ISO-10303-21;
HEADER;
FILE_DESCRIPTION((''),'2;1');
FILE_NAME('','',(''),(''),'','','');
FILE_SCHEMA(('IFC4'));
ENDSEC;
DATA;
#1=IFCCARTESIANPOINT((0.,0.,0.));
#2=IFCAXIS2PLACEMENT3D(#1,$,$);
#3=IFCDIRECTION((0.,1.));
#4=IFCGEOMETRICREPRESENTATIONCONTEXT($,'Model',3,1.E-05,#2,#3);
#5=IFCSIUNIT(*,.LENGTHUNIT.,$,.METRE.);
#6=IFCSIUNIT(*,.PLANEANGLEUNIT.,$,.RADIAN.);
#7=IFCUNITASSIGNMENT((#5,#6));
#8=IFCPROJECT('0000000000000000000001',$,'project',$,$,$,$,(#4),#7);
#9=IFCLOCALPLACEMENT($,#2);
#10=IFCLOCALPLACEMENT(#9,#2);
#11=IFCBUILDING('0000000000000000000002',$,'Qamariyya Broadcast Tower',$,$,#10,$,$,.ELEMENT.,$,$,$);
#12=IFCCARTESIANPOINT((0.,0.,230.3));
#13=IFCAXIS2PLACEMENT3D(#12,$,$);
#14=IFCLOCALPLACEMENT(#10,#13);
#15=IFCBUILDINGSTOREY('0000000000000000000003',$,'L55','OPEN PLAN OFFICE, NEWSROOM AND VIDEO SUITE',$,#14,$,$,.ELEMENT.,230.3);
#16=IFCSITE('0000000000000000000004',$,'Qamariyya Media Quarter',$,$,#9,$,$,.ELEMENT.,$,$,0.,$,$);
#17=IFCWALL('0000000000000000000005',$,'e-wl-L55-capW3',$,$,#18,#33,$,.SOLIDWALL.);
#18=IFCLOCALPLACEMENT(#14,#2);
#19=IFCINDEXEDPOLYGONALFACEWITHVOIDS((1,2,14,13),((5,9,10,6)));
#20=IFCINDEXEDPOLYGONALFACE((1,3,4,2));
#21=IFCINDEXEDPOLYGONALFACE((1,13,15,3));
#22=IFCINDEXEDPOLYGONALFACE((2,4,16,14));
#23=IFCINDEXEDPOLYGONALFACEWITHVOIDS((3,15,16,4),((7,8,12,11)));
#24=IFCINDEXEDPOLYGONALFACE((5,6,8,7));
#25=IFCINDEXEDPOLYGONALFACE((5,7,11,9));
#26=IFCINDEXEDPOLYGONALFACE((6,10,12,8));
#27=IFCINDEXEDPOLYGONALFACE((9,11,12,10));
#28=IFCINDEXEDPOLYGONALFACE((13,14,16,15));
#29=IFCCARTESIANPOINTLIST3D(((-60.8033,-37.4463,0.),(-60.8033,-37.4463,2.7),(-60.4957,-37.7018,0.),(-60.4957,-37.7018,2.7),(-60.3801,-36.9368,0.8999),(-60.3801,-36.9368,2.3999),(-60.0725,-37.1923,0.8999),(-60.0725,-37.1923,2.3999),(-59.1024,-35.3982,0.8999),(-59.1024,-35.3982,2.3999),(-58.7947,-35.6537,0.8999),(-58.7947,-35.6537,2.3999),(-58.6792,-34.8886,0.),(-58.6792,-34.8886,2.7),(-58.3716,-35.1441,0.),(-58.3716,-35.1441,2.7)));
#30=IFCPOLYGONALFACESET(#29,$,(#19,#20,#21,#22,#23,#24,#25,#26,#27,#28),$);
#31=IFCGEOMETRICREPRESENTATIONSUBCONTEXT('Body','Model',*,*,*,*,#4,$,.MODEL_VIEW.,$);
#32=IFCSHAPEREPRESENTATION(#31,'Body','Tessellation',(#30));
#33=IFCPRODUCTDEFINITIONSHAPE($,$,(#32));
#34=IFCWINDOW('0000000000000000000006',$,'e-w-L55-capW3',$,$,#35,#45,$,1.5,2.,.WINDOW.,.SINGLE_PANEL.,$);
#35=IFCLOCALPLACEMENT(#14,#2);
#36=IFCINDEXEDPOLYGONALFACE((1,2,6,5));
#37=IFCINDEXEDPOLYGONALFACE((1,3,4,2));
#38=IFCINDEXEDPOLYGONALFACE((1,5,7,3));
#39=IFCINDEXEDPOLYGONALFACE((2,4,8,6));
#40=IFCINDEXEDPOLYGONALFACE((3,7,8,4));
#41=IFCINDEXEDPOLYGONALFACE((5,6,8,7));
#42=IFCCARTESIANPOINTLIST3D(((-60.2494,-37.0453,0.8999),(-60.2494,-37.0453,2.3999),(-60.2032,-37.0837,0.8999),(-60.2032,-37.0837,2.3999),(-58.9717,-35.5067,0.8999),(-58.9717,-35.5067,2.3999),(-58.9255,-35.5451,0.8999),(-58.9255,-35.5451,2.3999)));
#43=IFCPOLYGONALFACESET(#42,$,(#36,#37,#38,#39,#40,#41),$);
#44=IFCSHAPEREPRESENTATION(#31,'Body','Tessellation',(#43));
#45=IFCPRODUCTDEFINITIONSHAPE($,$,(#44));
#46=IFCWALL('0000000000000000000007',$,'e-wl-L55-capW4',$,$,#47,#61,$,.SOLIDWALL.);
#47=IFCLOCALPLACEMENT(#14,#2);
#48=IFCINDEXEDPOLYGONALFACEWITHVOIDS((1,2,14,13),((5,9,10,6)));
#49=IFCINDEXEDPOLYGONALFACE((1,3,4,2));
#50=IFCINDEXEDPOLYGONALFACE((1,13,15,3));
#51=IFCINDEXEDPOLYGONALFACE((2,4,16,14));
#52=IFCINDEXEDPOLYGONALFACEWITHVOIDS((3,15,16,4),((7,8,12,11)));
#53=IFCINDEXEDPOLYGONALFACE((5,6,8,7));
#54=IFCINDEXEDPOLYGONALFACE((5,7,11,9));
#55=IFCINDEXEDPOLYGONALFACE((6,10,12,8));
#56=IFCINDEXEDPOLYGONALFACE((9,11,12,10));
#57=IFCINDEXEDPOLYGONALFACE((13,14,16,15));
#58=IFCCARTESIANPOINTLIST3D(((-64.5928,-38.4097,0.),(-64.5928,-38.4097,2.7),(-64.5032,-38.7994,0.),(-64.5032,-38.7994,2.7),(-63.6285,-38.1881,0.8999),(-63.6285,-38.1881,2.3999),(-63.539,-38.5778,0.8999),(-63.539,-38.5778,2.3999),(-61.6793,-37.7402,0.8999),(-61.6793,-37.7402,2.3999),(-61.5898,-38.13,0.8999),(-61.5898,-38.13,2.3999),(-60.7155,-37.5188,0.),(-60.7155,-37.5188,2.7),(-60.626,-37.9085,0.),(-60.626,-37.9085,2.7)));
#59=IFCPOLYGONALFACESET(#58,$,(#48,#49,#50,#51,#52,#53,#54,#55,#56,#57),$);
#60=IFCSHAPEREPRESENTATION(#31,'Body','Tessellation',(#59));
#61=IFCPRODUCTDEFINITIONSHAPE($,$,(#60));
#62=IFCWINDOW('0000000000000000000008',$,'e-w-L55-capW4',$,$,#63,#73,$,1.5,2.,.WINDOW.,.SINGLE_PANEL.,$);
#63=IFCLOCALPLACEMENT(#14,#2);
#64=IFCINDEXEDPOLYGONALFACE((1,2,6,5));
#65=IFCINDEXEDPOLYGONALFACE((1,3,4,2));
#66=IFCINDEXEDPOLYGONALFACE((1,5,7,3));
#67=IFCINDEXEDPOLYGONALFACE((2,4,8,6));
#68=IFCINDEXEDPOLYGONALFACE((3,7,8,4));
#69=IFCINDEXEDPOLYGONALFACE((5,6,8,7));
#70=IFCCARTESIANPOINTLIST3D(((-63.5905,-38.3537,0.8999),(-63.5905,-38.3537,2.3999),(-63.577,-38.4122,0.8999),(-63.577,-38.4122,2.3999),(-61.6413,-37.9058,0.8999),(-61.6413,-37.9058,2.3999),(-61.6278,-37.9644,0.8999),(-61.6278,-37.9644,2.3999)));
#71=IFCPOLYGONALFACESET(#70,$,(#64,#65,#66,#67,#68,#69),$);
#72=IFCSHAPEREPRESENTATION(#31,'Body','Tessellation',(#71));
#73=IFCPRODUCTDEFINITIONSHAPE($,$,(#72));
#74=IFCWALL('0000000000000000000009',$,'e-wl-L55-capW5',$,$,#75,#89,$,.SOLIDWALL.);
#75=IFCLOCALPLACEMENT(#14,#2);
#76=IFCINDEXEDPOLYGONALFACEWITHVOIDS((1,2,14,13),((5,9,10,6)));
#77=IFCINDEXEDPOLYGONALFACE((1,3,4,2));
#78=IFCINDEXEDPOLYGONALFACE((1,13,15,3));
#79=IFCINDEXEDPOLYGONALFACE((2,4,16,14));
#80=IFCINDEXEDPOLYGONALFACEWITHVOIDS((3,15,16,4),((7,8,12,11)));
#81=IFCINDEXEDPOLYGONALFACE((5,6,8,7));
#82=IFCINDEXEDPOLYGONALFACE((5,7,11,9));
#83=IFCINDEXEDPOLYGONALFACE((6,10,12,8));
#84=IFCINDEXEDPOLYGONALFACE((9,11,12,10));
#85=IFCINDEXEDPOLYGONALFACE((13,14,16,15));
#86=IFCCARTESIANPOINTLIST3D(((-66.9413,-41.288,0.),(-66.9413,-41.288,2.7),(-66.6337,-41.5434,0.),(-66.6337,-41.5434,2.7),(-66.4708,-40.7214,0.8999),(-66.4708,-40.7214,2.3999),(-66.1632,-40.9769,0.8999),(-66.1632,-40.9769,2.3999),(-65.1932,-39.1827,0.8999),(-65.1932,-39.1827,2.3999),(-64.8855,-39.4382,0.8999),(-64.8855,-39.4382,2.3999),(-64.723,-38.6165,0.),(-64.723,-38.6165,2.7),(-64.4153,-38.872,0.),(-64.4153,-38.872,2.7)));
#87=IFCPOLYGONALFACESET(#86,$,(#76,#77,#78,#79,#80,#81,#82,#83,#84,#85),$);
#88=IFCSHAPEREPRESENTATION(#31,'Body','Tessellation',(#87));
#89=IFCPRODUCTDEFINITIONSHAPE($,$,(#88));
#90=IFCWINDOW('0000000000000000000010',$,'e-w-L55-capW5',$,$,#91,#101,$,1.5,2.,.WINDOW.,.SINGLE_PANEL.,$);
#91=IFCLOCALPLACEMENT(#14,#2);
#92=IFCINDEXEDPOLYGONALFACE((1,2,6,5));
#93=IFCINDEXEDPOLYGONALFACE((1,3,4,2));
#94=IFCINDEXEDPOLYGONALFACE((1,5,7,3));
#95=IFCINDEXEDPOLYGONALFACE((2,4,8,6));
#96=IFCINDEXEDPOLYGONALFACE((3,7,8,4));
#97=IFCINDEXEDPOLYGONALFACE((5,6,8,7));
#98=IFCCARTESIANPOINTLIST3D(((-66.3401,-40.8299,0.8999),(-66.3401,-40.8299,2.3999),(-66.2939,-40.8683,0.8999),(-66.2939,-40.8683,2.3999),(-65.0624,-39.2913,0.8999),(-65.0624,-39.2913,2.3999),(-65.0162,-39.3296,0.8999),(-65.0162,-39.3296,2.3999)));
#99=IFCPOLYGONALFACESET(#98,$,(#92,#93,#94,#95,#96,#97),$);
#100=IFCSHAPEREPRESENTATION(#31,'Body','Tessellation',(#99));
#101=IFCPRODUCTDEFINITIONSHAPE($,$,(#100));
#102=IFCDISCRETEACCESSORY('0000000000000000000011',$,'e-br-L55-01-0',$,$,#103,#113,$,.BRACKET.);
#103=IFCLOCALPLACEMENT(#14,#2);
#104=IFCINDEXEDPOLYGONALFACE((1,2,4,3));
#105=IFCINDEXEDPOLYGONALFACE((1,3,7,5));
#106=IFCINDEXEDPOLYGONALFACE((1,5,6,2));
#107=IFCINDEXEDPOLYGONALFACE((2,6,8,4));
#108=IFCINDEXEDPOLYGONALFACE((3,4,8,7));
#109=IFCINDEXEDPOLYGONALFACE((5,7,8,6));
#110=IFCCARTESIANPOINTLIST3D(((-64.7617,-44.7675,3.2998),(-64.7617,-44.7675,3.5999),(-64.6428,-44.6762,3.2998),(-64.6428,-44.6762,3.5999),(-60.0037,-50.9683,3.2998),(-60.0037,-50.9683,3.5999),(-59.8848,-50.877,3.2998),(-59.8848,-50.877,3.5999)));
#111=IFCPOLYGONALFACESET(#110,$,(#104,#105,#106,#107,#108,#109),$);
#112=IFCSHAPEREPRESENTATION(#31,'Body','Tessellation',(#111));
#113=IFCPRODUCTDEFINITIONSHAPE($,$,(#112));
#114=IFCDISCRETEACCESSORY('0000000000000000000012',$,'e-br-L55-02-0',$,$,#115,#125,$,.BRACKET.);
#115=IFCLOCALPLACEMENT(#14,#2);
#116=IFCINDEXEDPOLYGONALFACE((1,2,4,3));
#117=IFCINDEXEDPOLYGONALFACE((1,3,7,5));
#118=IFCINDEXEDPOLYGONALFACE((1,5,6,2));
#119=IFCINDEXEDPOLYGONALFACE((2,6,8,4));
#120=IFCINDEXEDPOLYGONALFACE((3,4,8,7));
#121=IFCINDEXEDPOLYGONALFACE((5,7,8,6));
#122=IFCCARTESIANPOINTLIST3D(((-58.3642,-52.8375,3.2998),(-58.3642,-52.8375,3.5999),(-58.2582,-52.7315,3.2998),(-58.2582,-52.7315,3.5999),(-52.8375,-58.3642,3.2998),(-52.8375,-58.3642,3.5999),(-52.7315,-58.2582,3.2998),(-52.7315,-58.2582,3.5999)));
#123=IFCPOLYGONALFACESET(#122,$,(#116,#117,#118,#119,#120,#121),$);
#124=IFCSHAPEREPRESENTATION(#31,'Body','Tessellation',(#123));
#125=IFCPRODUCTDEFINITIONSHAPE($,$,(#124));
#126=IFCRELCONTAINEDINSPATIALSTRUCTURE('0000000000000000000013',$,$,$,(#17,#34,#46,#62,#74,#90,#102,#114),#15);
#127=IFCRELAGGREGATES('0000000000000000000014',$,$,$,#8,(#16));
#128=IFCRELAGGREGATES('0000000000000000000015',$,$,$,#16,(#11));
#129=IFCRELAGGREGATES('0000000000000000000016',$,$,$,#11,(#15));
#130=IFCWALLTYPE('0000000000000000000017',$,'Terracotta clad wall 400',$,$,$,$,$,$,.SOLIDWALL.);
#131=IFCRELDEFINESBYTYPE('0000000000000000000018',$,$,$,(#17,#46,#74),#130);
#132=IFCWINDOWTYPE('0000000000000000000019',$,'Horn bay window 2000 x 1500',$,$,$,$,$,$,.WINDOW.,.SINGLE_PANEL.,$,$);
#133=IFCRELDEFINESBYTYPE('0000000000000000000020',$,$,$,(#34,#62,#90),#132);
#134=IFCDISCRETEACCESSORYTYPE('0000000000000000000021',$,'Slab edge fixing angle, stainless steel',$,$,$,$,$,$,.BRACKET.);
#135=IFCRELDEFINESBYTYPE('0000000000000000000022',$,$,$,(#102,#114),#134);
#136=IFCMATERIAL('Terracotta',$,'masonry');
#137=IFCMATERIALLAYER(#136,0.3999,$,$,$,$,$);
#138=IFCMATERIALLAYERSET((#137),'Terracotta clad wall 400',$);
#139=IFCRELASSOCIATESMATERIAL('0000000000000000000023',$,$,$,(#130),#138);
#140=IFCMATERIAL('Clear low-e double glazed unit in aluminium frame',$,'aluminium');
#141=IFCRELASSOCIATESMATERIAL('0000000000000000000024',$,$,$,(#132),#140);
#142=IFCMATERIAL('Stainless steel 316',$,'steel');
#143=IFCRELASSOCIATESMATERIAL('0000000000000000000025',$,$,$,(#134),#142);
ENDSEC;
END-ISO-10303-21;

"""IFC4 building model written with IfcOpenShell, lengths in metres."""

from ifc_helpers import new_model, si_unit, direction, frame, frame_2d, origin, origin_2d, place, context, subcontext, project, spatial, rectangle, extrude, material, layer, layer_set, type_object, element, fill, save


model = new_model("IFC4")

# Units and contexts
model_context = context("Model", 3, precision=1e-05, world=origin(), true_north=direction((0.0, 1.0)))
body_context = subcontext(model_context, "Body", "Model", "MODEL_VIEW")
ifc_project = project(units=[si_unit("LENGTHUNIT", "METRE"), si_unit("PLANEANGLEUNIT", "RADIAN")], contexts=[model_context])

# Site, building, storey
site_placement = place(None, origin())
site = spatial("IfcSite", under=ifc_project, at=site_placement, Name="Qamariyya Media Quarter", CompositionType="ELEMENT", RefElevation=0.0)
building_placement = place(site_placement, origin())
building = spatial("IfcBuilding", under=site, at=building_placement, Name="Qamariyya Broadcast Tower", CompositionType="ELEMENT")
storey_placement = place(building_placement, frame((0.0, 0.0, 230.3)))
storey = spatial("IfcBuildingStorey", under=building, at=storey_placement, Name="L55", Description="OPEN PLAN OFFICE, NEWSROOM AND VIDEO SUITE", CompositionType="ELEMENT", Elevation=230.3)

# Walls, openings, windows
ifc_material_1 = material(Name="Terracotta", Category="masonry")
ifc_layer = layer(ifc_material_1, 0.3999)
ifc_layer_set = layer_set([ifc_layer], Name="Terracotta clad wall 400")
wall_type = type_object("IfcWallType", Name="Terracotta clad wall 400", PredefinedType="SOLIDWALL", material=ifc_layer_set)
ifc_material_2 = material(Name="Clear low-e double glazed unit in aluminium frame", Category="aluminium")
window_type = type_object("IfcWindowType", Name="Horn bay window 2000 x 1500", PartitioningType="SINGLE_PANEL", PredefinedType="WINDOW", material=ifc_material_2)
wall_1_placement = place(storey_placement, frame((-58.5254, -35.0164, 0.0), z_axis=(0.0, 0.0, 1.0), x_axis=(-0.638883, -0.769304, 0.0)))
wall_1 = element("IfcWall", 1, at=wall_1_placement, inside=storey, type_object=wall_type, Name="e-wl-L55-capW3", PredefinedType="SOLIDWALL", context=body_context, shape_type="SweptSolid", body=[
    extrude(rectangle(XDim=3.3247, YDim=0.3999, at=frame_2d((1.6624, 0.0))), origin(), (0.0, 0.0, 1.0), 2.7),
])
opening_1_placement = place(wall_1_placement, frame((0.6624, 0.0, 0.8999)))
opening_1 = element("IfcOpeningElement", 2, at=opening_1_placement, cuts=wall_1, PredefinedType="OPENING", context=body_context, shape_type="SweptSolid", body=[
    extrude(rectangle(XDim=2.0, YDim=1.5, at=frame_2d((1.0, 0.75))), frame((0.0, 0.21, 0.0), z_axis=(0.0, -1.0, 0.0), x_axis=(1.0, 0.0, 0.0)), (0.0, 0.0, 1.0), 0.4199),
])
window_1_placement = place(opening_1_placement, origin())
window_1 = element("IfcWindow", 3, at=window_1_placement, inside=storey, type_object=window_type, Name="e-w-L55-capW3", OverallHeight=1.5, OverallWidth=2.0, PartitioningType="SINGLE_PANEL", PredefinedType="WINDOW", context=body_context, shape_type="SweptSolid", body=[
    extrude(rectangle(XDim=2.0, YDim=1.5, at=frame_2d((1.0, 0.75))), frame((0.0, 0.03, 0.0), z_axis=(0.0, -1.0, 0.0), x_axis=(1.0, 0.0, 0.0)), (0.0, 0.0, 1.0), 0.0601),
])
fill(opening_1, window_1)
wall_2_placement = place(storey_placement, frame((-60.6707, -37.7136, 0.0), z_axis=(0.0, 0.0, 1.0), x_axis=(-0.974604, -0.223936, 0.0)))
wall_2 = element("IfcWall", 4, at=wall_2_placement, inside=storey, type_object=wall_type, Name="e-wl-L55-capW4", PredefinedType="SOLIDWALL", context=body_context, shape_type="SweptSolid", body=[
    extrude(rectangle(XDim=3.9783, YDim=0.3999, at=frame_2d((1.9893, 0.0))), origin(), (0.0, 0.0, 1.0), 2.7),
])
opening_2_placement = place(wall_2_placement, frame((0.989, 0.0, 0.8999)))
opening_2 = element("IfcOpeningElement", 5, at=opening_2_placement, cuts=wall_2, PredefinedType="OPENING", context=body_context, shape_type="SweptSolid", body=[
    extrude(rectangle(XDim=2.0, YDim=1.5, at=frame_2d((1.0, 0.75))), frame((0.0, 0.21, 0.0), z_axis=(0.0, -1.0, 0.0), x_axis=(1.0, 0.0, 0.0)), (0.0, 0.0, 1.0), 0.4199),
])
window_2_placement = place(opening_2_placement, origin())
window_2 = element("IfcWindow", 6, at=window_2_placement, inside=storey, type_object=window_type, Name="e-w-L55-capW4", OverallHeight=1.5, OverallWidth=2.0, PartitioningType="SINGLE_PANEL", PredefinedType="WINDOW", context=body_context, shape_type="SweptSolid", body=[
    extrude(rectangle(XDim=2.0, YDim=1.5, at=frame_2d((1.0, 0.75))), frame((0.0, 0.03, 0.0), z_axis=(0.0, -1.0, 0.0), x_axis=(1.0, 0.0, 0.0)), (0.0, 0.0, 1.0), 0.0601),
])
fill(opening_2, window_2)
wall_3_placement = place(storey_placement, frame((-64.5691, -38.7441, 0.0), z_axis=(0.0, 0.0, 1.0), x_axis=(-0.638842, -0.769338, 0.0)))
wall_3 = element("IfcWall", 7, at=wall_3_placement, inside=storey, type_object=wall_type, Name="e-wl-L55-capW5", PredefinedType="SOLIDWALL", context=body_context, shape_type="SweptSolid", body=[
    extrude(rectangle(XDim=3.4724, YDim=0.3999, at=frame_2d((1.7363, 0.0))), origin(), (0.0, 0.0, 1.0), 2.7),
])
opening_3_placement = place(wall_3_placement, frame((0.7361, 0.0, 0.8999)))
opening_3 = element("IfcOpeningElement", 8, at=opening_3_placement, cuts=wall_3, PredefinedType="OPENING", context=body_context, shape_type="SweptSolid", body=[
    extrude(rectangle(XDim=2.0, YDim=1.5, at=frame_2d((1.0, 0.75))), frame((0.0, 0.21, 0.0), z_axis=(0.0, -1.0, 0.0), x_axis=(1.0, 0.0, 0.0)), (0.0, 0.0, 1.0), 0.4199),
])
window_3_placement = place(opening_3_placement, origin())
window_3 = element("IfcWindow", 9, at=window_3_placement, inside=storey, type_object=window_type, Name="e-w-L55-capW5", OverallHeight=1.5, OverallWidth=2.0, PartitioningType="SINGLE_PANEL", PredefinedType="WINDOW", context=body_context, shape_type="SweptSolid", body=[
    extrude(rectangle(XDim=2.0, YDim=1.5, at=frame_2d((1.0, 0.75))), frame((0.0, 0.03, 0.0), z_axis=(0.0, -1.0, 0.0), x_axis=(1.0, 0.0, 0.0)), (0.0, 0.0, 1.0), 0.0601),
])
fill(opening_3, window_3)

# Discrete accessories
ifc_material_3 = material(Name="Stainless steel 316", Category="steel")
discrete_accessory_type = type_object("IfcDiscreteAccessoryType", Name="Slab edge fixing angle, stainless steel", PredefinedType="BRACKET", material=ifc_material_3)
for number, where, z_axis, x_axis, name in (
    (10, (-62.3232, -47.8223, 3.2998), (0.0, 0.0, 1.0), (0.608761, -0.793353, 0.0), "e-br-L55-01-0"),
    (11, (-55.5479, -55.5479, 3.2998), (0.0, 0.0, 1.0), (0.707107, -0.707107, 0.0), "e-br-L55-02-0"),
):
    element("IfcDiscreteAccessory", number, at=place(storey_placement, frame(where, z_axis=z_axis, x_axis=x_axis)), inside=storey, type_object=discrete_accessory_type, Name=name, PredefinedType="BRACKET", context=body_context, shape_type="SweptSolid", body=[
        extrude(rectangle(XDim=7.8159, YDim=0.1499, at=origin_2d()), origin(), (0.0, 0.0, 1.0), 0.3),
    ])

save(model, "model.ifc")
